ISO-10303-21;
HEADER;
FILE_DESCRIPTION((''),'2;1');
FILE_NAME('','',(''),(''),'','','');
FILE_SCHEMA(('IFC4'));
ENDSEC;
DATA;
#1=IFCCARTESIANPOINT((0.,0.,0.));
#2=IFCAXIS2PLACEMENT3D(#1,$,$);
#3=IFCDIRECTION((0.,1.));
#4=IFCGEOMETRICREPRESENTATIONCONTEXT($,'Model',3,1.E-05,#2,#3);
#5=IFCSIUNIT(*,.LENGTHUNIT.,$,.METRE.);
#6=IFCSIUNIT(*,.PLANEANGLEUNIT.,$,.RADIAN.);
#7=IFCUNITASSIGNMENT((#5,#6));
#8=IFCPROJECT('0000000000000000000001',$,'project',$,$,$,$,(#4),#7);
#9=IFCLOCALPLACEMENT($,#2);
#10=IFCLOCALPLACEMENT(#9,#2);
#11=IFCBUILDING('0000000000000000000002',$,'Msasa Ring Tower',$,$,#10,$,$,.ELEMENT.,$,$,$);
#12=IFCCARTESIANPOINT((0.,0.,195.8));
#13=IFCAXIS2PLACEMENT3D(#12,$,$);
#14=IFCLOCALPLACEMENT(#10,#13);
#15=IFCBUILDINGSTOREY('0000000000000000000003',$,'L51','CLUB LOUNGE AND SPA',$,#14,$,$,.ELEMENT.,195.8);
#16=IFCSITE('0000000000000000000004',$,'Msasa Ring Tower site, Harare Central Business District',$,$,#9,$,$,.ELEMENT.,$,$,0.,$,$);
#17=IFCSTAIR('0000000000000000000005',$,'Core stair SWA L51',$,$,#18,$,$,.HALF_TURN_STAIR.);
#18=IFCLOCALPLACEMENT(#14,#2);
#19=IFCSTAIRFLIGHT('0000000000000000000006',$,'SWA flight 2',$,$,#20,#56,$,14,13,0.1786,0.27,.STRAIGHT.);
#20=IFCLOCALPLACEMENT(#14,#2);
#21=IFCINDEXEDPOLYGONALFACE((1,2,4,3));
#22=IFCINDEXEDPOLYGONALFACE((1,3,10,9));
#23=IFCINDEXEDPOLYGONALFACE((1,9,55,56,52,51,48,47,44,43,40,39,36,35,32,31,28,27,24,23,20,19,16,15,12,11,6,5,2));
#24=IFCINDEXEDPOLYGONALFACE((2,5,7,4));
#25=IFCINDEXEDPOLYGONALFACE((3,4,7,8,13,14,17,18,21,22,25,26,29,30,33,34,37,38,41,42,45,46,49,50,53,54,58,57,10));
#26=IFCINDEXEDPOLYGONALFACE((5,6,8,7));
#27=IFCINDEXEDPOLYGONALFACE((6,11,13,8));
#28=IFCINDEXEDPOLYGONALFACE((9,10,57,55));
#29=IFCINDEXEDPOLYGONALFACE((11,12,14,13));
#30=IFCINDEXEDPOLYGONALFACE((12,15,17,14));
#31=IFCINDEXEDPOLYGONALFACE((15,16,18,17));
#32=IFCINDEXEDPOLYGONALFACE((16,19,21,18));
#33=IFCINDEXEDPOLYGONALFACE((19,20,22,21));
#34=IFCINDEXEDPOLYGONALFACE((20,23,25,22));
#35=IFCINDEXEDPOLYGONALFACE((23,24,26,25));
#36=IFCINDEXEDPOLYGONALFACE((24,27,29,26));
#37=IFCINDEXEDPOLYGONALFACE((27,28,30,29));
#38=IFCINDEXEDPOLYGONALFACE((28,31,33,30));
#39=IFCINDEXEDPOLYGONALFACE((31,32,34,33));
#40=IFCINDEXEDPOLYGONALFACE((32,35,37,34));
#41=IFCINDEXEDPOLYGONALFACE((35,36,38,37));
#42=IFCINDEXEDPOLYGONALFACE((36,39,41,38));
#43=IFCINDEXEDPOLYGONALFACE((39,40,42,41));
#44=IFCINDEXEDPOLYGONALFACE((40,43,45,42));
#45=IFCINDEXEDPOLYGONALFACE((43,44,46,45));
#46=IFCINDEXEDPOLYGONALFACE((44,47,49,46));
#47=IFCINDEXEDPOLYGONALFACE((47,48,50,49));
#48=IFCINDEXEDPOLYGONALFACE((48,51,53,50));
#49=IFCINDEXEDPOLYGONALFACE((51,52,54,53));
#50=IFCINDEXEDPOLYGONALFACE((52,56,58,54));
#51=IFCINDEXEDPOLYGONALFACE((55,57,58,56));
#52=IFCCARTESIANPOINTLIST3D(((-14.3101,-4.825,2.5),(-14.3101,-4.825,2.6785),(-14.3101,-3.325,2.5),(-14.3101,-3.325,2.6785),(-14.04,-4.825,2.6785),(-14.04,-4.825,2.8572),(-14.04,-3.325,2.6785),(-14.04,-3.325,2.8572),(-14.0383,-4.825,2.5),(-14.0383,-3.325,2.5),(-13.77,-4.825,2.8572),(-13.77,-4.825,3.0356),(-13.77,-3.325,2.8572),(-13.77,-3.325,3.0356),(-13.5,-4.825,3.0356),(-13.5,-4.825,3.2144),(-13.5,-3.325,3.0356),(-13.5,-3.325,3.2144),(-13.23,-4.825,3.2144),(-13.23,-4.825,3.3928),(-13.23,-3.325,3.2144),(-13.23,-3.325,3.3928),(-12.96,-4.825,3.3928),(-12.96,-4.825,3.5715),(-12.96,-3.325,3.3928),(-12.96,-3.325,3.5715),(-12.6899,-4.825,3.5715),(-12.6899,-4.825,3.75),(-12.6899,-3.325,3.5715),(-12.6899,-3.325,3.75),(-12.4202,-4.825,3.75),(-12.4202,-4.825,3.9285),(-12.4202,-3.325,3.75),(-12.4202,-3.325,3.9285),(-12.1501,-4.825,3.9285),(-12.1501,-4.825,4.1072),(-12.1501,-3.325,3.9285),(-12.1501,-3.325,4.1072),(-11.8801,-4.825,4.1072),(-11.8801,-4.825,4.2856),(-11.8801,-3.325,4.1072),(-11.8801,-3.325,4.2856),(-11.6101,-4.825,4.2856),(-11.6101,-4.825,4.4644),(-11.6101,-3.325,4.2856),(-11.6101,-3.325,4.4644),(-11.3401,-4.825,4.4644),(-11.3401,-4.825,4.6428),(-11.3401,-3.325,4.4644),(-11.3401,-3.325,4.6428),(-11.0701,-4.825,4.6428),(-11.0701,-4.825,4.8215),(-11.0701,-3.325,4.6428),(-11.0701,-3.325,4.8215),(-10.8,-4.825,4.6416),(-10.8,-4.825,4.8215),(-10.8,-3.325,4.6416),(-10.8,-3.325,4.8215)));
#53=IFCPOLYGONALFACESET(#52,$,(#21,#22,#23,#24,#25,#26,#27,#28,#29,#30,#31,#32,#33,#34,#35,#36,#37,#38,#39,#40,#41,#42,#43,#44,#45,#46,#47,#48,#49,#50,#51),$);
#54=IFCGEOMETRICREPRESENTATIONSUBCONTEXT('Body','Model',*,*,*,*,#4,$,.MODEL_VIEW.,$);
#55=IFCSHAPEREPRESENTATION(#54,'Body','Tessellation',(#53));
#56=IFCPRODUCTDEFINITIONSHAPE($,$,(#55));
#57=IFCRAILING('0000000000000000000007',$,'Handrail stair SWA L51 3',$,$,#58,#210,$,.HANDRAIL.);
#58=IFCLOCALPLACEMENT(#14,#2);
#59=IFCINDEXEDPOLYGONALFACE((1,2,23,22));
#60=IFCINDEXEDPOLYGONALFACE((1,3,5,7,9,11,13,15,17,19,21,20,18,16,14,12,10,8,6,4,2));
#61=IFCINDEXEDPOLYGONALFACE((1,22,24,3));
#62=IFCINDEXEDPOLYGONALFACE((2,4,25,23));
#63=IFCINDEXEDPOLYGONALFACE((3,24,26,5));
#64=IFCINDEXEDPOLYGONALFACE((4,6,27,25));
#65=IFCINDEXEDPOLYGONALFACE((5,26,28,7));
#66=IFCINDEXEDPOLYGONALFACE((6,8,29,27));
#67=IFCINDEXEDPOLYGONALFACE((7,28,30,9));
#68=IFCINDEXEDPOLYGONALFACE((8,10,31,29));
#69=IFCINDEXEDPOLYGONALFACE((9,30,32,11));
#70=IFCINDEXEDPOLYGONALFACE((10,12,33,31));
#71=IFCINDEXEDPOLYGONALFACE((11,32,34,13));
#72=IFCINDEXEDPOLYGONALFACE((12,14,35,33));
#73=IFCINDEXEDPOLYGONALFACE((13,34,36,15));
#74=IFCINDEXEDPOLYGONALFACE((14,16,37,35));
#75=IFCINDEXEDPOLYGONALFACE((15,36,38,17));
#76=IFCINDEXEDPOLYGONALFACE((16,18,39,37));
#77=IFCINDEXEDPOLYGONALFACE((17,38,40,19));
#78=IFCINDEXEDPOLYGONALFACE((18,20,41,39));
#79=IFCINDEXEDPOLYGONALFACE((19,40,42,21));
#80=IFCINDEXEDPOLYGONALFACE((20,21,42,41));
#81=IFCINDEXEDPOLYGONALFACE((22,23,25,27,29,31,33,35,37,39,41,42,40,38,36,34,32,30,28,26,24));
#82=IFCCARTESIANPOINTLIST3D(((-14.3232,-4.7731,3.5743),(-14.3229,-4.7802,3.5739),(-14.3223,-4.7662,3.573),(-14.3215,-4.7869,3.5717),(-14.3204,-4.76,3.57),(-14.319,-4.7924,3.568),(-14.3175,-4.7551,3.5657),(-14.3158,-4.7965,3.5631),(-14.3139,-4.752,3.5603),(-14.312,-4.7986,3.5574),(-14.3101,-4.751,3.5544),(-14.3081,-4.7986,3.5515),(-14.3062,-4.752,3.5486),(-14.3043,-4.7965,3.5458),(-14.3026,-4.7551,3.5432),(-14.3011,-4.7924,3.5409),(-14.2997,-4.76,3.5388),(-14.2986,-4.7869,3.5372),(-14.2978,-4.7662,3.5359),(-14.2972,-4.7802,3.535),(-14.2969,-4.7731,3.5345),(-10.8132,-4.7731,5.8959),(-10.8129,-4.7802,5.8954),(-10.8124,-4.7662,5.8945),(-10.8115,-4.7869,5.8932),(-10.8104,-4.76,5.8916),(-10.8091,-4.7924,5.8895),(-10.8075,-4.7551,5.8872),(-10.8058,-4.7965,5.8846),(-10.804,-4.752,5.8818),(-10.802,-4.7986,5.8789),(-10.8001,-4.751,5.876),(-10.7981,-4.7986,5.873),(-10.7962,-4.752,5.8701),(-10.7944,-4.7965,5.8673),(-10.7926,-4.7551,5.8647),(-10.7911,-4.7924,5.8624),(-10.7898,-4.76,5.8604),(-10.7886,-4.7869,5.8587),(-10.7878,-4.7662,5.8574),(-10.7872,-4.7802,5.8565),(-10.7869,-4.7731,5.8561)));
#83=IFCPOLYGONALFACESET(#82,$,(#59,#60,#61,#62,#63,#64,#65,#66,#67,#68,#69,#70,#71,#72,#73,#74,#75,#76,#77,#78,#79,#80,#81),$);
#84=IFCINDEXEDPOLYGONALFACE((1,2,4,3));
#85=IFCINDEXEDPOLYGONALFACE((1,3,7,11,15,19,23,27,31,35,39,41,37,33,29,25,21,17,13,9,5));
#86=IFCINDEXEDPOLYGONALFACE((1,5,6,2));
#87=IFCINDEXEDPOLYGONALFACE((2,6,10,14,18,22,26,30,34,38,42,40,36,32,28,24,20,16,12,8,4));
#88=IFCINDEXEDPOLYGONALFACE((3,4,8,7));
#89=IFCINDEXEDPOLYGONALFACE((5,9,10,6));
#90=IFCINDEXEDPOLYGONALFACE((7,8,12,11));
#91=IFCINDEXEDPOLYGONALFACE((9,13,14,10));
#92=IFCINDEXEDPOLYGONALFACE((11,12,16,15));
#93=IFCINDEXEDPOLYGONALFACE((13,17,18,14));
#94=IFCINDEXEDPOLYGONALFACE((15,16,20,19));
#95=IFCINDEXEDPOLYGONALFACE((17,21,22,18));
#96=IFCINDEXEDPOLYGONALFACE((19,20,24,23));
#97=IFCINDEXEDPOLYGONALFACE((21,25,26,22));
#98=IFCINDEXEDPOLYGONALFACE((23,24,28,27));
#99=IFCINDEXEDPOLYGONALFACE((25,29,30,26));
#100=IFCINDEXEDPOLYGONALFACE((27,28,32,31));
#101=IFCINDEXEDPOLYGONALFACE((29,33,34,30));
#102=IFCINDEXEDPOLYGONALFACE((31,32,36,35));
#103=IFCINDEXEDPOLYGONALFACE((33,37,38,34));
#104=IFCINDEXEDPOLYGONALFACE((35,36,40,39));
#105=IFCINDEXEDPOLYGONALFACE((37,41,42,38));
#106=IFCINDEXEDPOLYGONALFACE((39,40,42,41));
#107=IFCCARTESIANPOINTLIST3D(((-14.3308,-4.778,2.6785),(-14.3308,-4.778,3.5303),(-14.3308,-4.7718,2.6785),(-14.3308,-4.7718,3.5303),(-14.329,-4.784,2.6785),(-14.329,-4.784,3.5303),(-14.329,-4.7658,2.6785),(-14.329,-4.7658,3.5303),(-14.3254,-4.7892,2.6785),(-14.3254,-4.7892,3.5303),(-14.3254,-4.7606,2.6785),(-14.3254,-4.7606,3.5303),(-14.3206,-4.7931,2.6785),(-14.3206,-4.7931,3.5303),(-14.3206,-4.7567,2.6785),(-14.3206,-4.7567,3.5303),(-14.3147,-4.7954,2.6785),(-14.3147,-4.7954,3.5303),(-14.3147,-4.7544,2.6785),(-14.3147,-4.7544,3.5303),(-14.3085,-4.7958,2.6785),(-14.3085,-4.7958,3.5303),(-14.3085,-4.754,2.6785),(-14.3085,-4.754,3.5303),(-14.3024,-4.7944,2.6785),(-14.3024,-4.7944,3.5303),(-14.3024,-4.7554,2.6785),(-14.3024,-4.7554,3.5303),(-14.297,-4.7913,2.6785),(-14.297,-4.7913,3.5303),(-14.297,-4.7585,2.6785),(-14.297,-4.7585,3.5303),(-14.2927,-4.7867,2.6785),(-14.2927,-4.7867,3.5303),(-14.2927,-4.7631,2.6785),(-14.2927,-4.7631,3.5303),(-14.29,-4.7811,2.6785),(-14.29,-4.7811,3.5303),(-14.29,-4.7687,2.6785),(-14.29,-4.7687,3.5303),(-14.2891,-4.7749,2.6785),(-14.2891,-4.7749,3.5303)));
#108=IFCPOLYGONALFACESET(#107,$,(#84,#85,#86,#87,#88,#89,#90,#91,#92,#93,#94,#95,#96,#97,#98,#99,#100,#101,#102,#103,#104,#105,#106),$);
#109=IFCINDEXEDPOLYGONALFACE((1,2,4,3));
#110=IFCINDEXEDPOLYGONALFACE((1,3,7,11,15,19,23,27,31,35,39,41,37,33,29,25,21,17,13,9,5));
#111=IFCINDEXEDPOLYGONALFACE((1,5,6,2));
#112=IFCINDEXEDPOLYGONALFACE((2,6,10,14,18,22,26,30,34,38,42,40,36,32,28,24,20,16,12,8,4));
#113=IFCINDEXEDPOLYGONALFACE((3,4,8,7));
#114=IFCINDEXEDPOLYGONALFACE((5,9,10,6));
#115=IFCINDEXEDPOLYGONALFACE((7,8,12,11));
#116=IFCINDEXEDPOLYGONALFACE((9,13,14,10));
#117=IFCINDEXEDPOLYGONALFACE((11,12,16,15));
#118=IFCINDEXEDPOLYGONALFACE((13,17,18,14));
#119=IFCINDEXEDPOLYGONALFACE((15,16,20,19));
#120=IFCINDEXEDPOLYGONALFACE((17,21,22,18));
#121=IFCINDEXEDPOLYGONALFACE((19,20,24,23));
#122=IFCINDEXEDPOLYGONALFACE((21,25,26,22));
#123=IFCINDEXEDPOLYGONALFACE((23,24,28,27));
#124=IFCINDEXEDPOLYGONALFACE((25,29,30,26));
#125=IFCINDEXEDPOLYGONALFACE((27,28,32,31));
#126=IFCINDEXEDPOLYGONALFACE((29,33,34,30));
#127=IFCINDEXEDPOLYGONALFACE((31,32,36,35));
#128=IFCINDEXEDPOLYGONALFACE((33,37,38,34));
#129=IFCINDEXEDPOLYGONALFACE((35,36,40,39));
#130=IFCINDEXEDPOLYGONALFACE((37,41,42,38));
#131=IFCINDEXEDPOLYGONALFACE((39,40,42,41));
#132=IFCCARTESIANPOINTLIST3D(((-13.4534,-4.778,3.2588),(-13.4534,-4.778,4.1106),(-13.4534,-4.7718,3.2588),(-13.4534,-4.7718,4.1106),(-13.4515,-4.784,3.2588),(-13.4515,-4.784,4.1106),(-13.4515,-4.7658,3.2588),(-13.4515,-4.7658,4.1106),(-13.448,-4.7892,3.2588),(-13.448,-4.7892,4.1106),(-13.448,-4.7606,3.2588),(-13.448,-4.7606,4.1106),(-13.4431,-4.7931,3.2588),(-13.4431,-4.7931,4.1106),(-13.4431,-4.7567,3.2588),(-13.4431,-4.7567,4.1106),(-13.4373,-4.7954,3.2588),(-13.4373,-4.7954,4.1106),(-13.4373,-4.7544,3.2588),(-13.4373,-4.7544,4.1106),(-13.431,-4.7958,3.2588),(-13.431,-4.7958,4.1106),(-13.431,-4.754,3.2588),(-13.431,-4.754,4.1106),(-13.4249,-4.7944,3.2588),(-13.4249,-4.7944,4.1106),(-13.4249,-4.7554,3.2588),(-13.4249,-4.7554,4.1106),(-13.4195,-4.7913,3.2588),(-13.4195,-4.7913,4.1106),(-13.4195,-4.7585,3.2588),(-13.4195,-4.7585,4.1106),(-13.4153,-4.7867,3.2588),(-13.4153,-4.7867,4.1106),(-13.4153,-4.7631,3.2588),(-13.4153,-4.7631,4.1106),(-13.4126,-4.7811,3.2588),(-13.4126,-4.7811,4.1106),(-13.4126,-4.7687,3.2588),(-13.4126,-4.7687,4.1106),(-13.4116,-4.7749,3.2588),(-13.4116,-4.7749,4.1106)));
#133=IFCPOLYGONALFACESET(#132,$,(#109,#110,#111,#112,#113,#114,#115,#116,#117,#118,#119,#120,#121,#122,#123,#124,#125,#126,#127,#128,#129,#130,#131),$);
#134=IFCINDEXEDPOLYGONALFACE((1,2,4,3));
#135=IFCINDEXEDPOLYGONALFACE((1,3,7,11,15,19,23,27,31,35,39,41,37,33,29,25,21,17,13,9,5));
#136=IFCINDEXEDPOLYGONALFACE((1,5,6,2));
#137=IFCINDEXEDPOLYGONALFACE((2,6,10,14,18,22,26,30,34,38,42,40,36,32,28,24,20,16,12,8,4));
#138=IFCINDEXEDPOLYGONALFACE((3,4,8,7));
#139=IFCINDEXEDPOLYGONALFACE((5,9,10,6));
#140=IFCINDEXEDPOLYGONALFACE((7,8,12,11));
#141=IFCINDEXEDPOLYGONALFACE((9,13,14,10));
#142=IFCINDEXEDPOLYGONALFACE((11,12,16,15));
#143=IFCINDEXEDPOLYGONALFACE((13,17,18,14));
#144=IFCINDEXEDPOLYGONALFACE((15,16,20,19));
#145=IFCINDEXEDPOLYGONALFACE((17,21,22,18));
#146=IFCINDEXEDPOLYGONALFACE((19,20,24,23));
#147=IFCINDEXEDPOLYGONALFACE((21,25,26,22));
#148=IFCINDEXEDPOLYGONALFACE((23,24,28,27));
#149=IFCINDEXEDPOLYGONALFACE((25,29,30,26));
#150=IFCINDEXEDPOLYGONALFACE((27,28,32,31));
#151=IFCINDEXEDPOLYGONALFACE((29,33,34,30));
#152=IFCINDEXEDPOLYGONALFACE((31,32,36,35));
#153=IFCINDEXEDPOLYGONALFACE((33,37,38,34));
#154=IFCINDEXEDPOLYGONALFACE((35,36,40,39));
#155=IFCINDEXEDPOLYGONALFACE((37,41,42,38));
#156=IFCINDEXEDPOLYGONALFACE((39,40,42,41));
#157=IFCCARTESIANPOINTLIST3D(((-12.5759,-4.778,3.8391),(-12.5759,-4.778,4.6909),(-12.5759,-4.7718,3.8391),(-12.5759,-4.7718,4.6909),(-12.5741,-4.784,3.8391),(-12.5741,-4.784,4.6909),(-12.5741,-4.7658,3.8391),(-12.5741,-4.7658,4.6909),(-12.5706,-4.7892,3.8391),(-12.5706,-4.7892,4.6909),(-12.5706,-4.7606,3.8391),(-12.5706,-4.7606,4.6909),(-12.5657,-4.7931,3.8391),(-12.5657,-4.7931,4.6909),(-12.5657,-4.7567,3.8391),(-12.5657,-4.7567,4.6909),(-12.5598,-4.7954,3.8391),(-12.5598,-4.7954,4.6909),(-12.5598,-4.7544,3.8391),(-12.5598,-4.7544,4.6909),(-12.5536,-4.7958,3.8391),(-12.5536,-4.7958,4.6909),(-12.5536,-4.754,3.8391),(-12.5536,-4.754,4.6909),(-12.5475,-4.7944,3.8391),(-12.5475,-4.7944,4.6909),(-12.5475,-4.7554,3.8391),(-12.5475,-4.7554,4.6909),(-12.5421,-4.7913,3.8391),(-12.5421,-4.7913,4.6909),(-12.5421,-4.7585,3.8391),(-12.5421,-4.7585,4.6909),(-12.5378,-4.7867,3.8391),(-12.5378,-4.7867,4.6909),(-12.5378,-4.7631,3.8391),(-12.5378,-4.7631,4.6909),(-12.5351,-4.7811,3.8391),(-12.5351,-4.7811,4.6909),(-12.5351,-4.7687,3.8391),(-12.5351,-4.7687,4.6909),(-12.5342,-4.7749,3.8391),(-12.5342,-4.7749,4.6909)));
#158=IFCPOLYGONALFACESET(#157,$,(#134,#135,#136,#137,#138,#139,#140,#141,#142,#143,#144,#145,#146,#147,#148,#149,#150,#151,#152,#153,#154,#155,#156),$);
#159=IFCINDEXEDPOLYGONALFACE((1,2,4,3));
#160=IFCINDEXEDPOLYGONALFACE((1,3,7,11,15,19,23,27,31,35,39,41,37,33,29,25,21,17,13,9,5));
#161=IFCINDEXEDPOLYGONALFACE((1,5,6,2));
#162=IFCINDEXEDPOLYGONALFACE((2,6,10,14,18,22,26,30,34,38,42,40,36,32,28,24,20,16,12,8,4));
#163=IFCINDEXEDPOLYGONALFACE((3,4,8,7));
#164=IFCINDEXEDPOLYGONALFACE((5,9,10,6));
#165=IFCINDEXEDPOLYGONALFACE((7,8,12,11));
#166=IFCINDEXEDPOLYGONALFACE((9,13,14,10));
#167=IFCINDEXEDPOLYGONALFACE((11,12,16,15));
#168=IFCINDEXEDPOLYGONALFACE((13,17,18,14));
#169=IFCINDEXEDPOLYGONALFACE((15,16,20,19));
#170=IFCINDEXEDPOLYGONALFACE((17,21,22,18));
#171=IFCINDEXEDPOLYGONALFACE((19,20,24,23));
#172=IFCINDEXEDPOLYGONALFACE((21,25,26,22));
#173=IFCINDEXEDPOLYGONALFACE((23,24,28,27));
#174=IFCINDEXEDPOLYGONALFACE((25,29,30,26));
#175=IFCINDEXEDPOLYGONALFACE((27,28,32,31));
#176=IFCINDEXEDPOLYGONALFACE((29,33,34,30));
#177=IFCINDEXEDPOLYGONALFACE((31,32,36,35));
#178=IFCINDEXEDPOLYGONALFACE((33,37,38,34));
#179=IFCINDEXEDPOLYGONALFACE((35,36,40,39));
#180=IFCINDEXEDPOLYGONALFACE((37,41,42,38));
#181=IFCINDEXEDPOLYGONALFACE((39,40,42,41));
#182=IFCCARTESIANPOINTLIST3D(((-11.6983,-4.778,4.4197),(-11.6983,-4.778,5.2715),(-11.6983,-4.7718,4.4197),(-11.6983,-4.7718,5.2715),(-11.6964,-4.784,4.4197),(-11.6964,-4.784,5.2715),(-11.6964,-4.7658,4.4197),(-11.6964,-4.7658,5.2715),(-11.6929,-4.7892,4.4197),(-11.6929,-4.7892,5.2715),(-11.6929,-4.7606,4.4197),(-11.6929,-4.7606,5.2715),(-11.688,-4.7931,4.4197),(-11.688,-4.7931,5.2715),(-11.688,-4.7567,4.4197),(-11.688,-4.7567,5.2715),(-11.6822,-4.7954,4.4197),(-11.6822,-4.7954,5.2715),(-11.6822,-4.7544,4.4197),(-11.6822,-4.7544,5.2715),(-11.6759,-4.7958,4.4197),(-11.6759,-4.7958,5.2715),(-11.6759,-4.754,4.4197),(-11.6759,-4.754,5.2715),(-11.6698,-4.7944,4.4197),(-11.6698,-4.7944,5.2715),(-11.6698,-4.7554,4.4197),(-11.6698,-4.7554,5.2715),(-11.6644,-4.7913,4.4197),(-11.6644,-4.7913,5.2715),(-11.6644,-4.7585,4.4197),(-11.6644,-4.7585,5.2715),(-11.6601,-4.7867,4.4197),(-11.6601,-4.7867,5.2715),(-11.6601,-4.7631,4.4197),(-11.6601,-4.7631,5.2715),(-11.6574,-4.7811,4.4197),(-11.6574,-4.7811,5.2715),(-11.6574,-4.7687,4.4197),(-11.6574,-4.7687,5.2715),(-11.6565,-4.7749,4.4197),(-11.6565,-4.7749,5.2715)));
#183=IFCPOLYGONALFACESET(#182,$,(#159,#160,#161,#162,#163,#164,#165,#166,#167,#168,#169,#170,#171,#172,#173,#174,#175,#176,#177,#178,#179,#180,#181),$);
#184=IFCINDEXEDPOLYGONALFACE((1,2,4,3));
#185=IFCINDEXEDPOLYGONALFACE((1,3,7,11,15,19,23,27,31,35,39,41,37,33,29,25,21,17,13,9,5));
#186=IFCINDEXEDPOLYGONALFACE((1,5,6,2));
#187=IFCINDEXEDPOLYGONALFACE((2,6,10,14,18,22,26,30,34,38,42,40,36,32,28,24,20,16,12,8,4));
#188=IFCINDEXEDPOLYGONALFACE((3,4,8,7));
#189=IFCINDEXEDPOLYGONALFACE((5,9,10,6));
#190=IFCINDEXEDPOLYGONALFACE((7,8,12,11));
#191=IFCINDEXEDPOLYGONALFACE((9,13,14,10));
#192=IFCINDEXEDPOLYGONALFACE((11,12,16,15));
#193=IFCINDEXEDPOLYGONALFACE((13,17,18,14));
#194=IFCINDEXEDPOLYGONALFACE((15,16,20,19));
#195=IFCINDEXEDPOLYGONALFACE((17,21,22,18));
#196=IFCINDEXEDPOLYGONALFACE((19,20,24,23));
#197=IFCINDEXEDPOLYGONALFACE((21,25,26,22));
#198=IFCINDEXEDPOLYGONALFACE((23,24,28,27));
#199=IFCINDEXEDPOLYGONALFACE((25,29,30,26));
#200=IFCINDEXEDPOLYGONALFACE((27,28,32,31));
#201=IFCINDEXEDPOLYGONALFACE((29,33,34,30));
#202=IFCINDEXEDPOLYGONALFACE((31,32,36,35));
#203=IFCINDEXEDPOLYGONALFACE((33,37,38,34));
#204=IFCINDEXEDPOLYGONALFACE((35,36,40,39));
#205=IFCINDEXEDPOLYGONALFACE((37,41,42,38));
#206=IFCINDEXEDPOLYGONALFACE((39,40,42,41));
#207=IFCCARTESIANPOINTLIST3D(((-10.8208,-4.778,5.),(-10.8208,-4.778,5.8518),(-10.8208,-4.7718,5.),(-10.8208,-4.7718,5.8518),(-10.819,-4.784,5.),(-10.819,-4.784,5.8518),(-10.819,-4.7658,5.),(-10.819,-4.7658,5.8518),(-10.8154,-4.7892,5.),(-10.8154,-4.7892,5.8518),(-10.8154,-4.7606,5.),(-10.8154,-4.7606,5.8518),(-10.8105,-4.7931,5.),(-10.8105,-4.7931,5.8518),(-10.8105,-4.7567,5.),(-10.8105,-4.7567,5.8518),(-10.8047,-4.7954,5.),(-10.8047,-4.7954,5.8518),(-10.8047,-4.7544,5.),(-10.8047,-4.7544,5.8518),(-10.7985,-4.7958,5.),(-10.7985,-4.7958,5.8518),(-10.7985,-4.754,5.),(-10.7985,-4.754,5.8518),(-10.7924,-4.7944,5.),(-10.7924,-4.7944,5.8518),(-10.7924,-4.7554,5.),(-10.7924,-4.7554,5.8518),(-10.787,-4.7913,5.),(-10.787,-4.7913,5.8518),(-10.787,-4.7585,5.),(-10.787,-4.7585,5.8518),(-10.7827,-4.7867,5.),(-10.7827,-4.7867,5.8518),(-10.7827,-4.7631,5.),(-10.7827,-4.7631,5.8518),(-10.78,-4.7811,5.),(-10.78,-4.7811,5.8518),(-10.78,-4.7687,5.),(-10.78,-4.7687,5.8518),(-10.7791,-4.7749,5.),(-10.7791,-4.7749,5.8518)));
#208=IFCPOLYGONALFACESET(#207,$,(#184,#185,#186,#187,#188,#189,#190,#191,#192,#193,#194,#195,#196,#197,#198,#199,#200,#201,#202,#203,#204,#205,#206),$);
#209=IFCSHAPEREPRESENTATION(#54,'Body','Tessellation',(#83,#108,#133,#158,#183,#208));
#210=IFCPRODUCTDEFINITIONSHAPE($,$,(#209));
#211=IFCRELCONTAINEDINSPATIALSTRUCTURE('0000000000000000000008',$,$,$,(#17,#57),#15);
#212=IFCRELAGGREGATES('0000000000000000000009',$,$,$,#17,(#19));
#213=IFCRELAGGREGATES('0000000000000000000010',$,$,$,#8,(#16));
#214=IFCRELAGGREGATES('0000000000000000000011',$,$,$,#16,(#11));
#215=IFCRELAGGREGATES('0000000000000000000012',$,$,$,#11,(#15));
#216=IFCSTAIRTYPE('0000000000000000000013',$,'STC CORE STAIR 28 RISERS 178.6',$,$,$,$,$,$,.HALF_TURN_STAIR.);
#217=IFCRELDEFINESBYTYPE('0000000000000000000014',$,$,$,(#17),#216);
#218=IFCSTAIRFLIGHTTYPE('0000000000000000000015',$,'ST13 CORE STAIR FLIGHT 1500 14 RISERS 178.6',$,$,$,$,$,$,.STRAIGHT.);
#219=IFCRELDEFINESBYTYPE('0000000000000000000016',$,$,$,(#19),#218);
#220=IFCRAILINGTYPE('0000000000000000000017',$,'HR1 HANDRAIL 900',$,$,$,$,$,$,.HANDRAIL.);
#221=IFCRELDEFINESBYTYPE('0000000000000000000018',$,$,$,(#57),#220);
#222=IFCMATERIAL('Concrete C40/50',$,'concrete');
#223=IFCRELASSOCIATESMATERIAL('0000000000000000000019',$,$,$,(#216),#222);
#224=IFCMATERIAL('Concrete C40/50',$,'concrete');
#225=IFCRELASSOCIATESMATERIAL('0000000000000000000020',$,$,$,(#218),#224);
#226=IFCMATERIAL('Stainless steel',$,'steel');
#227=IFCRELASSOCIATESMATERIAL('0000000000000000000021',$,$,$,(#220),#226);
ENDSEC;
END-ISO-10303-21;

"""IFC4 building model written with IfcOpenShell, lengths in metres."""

from ifc_helpers import new_model, si_unit, direction, frame, origin, origin_2d, place, context, subcontext, project, spatial, polyline, circle, outline, extrude, material, type_object, element, aggregate, save


model = new_model("IFC4")

# Units and contexts
model_context = context("Model", 3, precision=1e-05, world=origin(), true_north=direction((0.0, 1.0)))
body_context = subcontext(model_context, "Body", "Model", "MODEL_VIEW")
ifc_project = project(units=[si_unit("LENGTHUNIT", "METRE"), si_unit("PLANEANGLEUNIT", "RADIAN")], contexts=[model_context])

# Site, building, storey
site_placement = place(None, origin())
site = spatial("IfcSite", under=ifc_project, at=site_placement, Name="Msasa Ring Tower site, Harare Central Business District", CompositionType="ELEMENT", RefElevation=0.0)
building_placement = place(site_placement, origin())
building = spatial("IfcBuilding", under=site, at=building_placement, Name="Msasa Ring Tower", CompositionType="ELEMENT")
storey_placement = place(building_placement, frame((0.0, 0.0, 195.8)))
storey = spatial("IfcBuildingStorey", under=building, at=storey_placement, Name="L51", Description="CLUB LOUNGE AND SPA", CompositionType="ELEMENT", Elevation=195.8)

# Stair, stair flight
ifc_material_1 = material(Name="Concrete C40/50", Category="concrete")
stair_type = type_object("IfcStairType", Name="STC CORE STAIR 28 RISERS 178.6", PredefinedType="HALF_TURN_STAIR", material=ifc_material_1)
stair_placement = place(storey_placement, origin())
stair = element("IfcStair", 1, at=stair_placement, inside=storey, type_object=stair_type, Name="Core stair SWA L51", PredefinedType="HALF_TURN_STAIR")
ifc_material_2 = material(Name="Concrete C40/50", Category="concrete")
stair_flight_type = type_object("IfcStairFlightType", Name="ST13 CORE STAIR FLIGHT 1500 14 RISERS 178.6", PredefinedType="STRAIGHT", material=ifc_material_2)
stair_flight_placement = place(storey_placement, frame((-14.3101, -4.075, 2.5), z_axis=(0.0, 0.0, 1.0), x_axis=(1.0, 0.0, 0.0)))
stair_flight = element("IfcStairFlight", 2, at=stair_flight_placement, type_object=stair_flight_type, Name="SWA flight 2", NumberOfRisers=14, NumberOfTreads=13, PredefinedType="STRAIGHT", RiserHeight=0.1786, TreadLength=0.27, context=body_context, shape_type="SweptSolid", body=[
    extrude(outline(polyline([(0.0, 0.0), (0.0, 0.1785), (0.27, 0.1785), (0.27, 0.3572), (0.54, 0.3572), (0.54, 0.5356), (0.8101, 0.5356), (0.8101, 0.7144), (1.0801, 0.7144), (1.0801, 0.8928), (1.3501, 0.8928), (1.3501, 1.0715), (1.6201, 1.0715), (1.6201, 1.25), (1.8899, 1.25), (1.8899, 1.4285), (2.1599, 1.4285), (2.1599, 1.6072), (2.4299, 1.6072), (2.4299, 1.7856), (2.7, 1.7856), (2.7, 1.9644), (2.97, 1.9644), (2.97, 2.1428), (3.24, 2.1428), (3.24, 2.3215), (3.51, 2.3215), (3.51, 2.5), (3.51, 2.1416), (0.2717, 0.0), (0.0, 0.0)])), frame((0.0, 0.75, 0.0), z_axis=(0.0, -1.0, 0.0), x_axis=(1.0, 0.0, 0.0)), (0.0, 0.0, 1.0), 1.5),
])
aggregate(stair, [stair_flight])

# Railing
ifc_material_3 = material(Name="Stainless steel", Category="steel")
railing_type = type_object("IfcRailingType", Name="HR1 HANDRAIL 900", PredefinedType="HANDRAIL", material=ifc_material_3)
for number, where, name in (
    (3, (-14.3101, -4.7749, 2.6785), "Handrail stair SWA L51 3"),
):
    element("IfcRailing", number, at=place(storey_placement, frame(where)), inside=storey, type_object=railing_type, Name=name, PredefinedType="HANDRAIL", context=body_context, shape_type="SweptSolid", body=[
        extrude(circle(Radius=0.0239, at=origin_2d()), frame((0.0, 0.0, 0.876), z_axis=(0.834071, 0.0, 0.551657), x_axis=(0.0, 1.0, 0.0)), (0.0, 0.0, 1.0), 4.2083),
        extrude(circle(Radius=0.021, at=origin_2d()), origin(), (0.0, 0.0, 1.0), 0.8518),
        extrude(circle(Radius=0.021, at=origin_2d()), frame((0.8774, 0.0, 0.5803)), (0.0, 0.0, 1.0), 0.8518),
        extrude(circle(Radius=0.021, at=origin_2d()), frame((1.7549, 0.0, 1.1606)), (0.0, 0.0, 1.0), 0.8518),
        extrude(circle(Radius=0.021, at=origin_2d()), frame((2.6326, 0.0, 1.7412)), (0.0, 0.0, 1.0), 0.8518),
        extrude(circle(Radius=0.021, at=origin_2d()), frame((3.51, 0.0, 2.3215)), (0.0, 0.0, 1.0), 0.8518),
    ])

save(model, "model.ifc")
